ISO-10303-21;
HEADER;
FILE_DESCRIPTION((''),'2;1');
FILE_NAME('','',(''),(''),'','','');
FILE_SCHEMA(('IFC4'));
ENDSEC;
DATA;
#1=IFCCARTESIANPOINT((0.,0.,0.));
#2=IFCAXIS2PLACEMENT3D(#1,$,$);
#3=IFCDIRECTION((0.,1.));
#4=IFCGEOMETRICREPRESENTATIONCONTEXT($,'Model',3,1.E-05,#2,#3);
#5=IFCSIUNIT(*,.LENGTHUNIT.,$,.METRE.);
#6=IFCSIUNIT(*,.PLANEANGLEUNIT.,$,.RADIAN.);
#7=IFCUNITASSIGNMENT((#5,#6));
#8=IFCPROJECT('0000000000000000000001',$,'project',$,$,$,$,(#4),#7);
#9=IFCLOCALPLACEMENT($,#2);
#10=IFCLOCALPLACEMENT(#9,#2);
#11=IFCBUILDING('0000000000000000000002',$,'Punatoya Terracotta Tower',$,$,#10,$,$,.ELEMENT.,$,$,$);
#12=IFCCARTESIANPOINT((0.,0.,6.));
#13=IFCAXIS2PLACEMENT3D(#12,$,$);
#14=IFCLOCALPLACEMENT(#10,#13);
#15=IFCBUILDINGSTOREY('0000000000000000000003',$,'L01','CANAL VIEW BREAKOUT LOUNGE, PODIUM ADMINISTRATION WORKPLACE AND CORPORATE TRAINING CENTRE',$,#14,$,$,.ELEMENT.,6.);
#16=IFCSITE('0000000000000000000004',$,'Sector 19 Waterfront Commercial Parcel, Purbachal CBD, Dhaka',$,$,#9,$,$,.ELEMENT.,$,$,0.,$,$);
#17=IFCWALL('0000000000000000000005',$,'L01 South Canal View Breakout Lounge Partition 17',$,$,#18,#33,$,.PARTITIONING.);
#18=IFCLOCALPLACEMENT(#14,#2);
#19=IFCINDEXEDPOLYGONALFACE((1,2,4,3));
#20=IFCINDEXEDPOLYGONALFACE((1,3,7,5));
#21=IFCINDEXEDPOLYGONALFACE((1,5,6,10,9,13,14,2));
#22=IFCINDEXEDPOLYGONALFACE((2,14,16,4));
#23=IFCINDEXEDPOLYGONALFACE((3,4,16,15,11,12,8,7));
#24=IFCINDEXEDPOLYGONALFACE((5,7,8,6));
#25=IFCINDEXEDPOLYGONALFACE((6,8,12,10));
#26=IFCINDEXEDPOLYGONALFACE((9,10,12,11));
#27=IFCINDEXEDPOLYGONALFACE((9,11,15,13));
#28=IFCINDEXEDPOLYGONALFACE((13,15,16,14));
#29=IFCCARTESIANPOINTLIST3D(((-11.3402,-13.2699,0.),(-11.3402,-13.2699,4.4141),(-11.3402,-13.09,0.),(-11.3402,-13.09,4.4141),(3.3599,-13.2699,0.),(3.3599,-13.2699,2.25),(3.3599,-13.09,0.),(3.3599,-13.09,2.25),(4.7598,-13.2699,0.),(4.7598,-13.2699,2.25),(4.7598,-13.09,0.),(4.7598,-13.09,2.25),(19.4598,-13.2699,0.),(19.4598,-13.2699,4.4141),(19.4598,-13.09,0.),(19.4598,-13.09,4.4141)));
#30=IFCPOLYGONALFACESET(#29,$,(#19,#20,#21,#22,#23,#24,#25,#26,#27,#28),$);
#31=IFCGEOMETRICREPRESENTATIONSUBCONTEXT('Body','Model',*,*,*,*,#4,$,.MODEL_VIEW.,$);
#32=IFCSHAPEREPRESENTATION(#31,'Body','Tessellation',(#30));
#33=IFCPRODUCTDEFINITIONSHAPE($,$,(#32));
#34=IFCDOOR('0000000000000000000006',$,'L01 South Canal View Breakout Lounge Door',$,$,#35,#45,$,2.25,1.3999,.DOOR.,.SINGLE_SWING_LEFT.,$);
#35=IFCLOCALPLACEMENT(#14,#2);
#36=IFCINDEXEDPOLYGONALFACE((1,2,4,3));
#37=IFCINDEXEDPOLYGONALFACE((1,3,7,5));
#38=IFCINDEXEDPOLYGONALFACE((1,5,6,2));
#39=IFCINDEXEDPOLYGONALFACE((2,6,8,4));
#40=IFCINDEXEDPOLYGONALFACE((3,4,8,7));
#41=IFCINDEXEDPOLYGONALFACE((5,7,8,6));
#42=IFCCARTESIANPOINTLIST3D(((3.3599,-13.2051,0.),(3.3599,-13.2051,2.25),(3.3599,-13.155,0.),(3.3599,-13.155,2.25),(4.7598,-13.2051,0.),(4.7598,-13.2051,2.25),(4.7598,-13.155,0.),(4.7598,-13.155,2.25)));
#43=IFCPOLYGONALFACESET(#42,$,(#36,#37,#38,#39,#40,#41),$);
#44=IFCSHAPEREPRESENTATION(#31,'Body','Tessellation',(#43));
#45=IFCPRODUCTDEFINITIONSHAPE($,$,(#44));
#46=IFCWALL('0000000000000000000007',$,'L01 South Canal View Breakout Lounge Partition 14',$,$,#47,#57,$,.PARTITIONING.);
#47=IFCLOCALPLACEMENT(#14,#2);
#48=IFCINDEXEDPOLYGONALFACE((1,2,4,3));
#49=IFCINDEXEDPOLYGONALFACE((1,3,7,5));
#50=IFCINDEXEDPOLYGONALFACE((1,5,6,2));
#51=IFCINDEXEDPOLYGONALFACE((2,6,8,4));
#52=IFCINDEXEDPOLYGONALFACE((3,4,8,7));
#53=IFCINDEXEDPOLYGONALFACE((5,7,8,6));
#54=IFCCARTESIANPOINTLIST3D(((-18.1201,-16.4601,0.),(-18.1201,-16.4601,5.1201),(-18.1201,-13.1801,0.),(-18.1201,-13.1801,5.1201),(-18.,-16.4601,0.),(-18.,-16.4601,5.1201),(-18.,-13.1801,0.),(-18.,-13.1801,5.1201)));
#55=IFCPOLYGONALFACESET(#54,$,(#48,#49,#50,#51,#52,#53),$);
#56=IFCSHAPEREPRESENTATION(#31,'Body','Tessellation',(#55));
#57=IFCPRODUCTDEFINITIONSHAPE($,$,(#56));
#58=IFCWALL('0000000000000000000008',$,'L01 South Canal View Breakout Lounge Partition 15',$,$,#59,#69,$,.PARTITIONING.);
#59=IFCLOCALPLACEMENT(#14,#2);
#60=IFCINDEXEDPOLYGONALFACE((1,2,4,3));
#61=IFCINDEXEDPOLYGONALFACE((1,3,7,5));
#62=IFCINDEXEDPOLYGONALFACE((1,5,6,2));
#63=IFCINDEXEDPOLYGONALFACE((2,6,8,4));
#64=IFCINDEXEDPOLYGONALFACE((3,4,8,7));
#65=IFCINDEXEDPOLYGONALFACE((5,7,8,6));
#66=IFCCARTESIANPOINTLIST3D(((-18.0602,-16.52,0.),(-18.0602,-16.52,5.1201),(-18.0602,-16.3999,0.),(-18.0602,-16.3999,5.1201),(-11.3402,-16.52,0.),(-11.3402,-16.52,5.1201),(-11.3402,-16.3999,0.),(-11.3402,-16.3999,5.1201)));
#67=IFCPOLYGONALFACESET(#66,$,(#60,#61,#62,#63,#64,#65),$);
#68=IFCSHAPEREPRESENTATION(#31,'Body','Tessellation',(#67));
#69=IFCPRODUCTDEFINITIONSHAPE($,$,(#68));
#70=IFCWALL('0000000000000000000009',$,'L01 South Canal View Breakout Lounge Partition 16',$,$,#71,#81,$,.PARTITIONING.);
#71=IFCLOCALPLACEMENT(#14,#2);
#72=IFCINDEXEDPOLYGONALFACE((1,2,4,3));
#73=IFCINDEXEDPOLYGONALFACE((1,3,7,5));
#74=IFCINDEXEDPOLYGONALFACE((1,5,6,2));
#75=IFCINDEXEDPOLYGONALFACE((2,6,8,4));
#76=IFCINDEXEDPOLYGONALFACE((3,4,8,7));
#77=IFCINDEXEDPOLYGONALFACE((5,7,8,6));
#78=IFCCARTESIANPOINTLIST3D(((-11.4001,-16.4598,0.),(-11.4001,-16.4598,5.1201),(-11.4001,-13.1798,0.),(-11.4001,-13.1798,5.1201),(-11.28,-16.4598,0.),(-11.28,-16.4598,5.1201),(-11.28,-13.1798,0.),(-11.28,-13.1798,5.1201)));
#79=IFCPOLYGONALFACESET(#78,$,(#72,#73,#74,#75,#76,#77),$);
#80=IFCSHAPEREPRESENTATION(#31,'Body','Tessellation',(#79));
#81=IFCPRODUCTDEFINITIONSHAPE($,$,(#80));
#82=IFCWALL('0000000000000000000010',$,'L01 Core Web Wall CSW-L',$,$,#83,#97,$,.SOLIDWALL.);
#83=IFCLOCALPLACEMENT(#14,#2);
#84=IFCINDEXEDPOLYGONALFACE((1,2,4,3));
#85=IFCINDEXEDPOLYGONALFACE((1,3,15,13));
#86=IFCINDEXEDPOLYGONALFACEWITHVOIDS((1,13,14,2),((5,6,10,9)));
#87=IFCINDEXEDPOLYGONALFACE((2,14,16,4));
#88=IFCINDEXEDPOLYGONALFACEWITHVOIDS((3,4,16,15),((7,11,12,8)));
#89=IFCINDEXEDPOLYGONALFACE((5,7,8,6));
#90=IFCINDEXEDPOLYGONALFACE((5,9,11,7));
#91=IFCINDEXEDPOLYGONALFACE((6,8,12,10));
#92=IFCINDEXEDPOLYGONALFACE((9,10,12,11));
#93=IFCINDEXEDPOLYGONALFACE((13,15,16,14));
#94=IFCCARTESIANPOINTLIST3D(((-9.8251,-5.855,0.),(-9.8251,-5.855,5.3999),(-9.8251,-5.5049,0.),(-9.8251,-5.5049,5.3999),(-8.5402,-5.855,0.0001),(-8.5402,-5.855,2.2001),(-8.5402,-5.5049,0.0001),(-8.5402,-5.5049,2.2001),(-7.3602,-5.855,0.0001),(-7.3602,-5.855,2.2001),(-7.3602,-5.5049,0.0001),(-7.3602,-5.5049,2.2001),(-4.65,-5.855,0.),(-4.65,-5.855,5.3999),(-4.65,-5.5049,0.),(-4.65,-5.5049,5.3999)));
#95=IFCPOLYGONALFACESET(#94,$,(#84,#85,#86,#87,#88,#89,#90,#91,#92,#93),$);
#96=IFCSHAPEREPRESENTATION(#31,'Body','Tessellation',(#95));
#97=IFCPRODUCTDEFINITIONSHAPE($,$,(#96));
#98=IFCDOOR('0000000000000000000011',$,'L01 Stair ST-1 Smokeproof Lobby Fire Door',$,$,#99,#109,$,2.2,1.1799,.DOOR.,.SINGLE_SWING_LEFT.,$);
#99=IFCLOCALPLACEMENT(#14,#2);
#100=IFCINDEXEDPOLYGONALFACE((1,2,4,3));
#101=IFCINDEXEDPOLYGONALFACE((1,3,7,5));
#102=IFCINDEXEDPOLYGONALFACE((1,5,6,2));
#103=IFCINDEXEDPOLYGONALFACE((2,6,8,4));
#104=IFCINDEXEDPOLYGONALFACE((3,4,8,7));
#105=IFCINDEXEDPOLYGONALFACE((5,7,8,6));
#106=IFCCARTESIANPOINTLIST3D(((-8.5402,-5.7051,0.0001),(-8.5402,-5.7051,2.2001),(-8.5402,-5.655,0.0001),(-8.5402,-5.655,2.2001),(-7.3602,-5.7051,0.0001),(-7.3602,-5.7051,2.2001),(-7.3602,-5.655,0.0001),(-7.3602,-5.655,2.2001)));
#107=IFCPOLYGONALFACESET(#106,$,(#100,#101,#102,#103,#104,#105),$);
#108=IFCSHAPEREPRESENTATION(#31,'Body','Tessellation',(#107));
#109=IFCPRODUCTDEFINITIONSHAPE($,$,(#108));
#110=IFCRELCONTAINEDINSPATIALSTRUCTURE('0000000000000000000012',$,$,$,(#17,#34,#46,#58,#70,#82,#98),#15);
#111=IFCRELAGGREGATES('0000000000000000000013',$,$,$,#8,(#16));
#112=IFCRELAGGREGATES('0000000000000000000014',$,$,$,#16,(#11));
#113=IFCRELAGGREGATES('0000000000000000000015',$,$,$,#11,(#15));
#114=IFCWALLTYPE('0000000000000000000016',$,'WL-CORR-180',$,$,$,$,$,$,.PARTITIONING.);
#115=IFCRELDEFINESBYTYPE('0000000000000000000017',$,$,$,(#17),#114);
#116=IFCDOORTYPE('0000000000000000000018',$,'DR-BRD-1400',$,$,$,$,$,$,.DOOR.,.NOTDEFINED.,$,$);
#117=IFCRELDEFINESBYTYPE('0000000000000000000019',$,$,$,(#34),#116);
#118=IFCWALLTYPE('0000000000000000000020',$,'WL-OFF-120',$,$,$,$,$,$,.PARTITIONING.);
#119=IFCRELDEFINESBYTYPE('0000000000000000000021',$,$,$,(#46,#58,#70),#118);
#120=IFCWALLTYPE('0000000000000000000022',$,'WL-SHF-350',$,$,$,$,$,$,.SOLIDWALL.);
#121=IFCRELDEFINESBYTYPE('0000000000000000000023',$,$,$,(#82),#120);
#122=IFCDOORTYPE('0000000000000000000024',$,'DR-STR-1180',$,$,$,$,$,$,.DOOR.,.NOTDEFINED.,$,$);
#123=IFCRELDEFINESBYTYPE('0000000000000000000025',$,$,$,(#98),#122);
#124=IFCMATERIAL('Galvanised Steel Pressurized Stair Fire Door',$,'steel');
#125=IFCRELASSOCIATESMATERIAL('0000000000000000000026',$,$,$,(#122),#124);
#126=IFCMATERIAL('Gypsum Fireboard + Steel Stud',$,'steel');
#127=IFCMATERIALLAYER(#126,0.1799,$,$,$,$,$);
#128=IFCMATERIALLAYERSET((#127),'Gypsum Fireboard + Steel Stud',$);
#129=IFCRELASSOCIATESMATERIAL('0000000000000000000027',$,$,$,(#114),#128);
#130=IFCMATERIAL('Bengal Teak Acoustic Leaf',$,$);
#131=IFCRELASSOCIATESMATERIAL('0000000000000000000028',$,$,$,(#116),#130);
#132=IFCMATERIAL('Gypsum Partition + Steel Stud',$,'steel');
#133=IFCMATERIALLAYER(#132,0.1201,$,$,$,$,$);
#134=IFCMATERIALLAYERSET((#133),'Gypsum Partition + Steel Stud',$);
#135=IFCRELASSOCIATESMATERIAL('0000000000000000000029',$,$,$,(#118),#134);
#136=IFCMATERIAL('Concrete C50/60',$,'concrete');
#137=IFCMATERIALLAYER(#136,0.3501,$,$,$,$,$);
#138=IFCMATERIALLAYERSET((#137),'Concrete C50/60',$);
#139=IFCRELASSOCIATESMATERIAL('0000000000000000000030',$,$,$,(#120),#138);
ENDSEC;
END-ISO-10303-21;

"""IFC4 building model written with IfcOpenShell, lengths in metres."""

from ifc_helpers import new_model, si_unit, direction, frame, frame_2d, origin, place, context, subcontext, project, spatial, rectangle, extrude, material, layer, layer_set, type_object, element, fill, save


model = new_model("IFC4")

# Units and contexts
model_context = context("Model", 3, precision=1e-05, world=origin(), true_north=direction((0.0, 1.0)))
body_context = subcontext(model_context, "Body", "Model", "MODEL_VIEW")
ifc_project = project(units=[si_unit("LENGTHUNIT", "METRE"), si_unit("PLANEANGLEUNIT", "RADIAN")], contexts=[model_context])

# Site, building, storey
site_placement = place(None, origin())
site = spatial("IfcSite", under=ifc_project, at=site_placement, Name="Sector 19 Waterfront Commercial Parcel, Purbachal CBD, Dhaka", CompositionType="ELEMENT", RefElevation=0.0)
building_placement = place(site_placement, origin())
building = spatial("IfcBuilding", under=site, at=building_placement, Name="Punatoya Terracotta Tower", CompositionType="ELEMENT")
storey_placement = place(building_placement, frame((0.0, 0.0, 6.0)))
storey = spatial("IfcBuildingStorey", under=building, at=storey_placement, Name="L01", Description="CANAL VIEW BREAKOUT LOUNGE, PODIUM ADMINISTRATION WORKPLACE AND CORPORATE TRAINING CENTRE", CompositionType="ELEMENT", Elevation=6.0)

# Shared definitions
ifc_material_1 = material(Name="Concrete C50/60", Category="concrete")

# Wall, opening, door
ifc_material_2 = material(Name="Galvanised Steel Pressurized Stair Fire Door", Category="steel")
door_type_1 = type_object("IfcDoorType", Name="DR-STR-1180", OperationType="NOTDEFINED", PredefinedType="DOOR", material=ifc_material_2)
ifc_material_3 = material(Name="Gypsum Fireboard + Steel Stud", Category="steel")
ifc_layer_1 = layer(ifc_material_3, 0.1799)
ifc_layer_set_1 = layer_set([ifc_layer_1], Name="Gypsum Fireboard + Steel Stud")
wall_type_1 = type_object("IfcWallType", Name="WL-CORR-180", PredefinedType="PARTITIONING", material=ifc_layer_set_1)
wall_1_placement = place(storey_placement, frame((-11.3401, -13.1799, 0.0), z_axis=(0.0, 0.0, 1.0), x_axis=(1.0, 0.0, 0.0)))
wall_1 = element("IfcWall", 1, at=wall_1_placement, inside=storey, type_object=wall_type_1, Name="L01 South Canal View Breakout Lounge Partition 17", PredefinedType="PARTITIONING", context=body_context, shape_type="SweptSolid", body=[
    extrude(rectangle(XDim=30.8, YDim=0.1799, at=frame_2d((15.3999, 0.0))), origin(), (0.0, 0.0, 1.0), 4.4141),
])
opening_1_placement = place(wall_1_placement, frame((14.7, 0.0, 0.0)))
opening_1 = element("IfcOpeningElement", 2, at=opening_1_placement, cuts=wall_1, PredefinedType="OPENING", context=body_context, shape_type="SweptSolid", body=[
    extrude(rectangle(XDim=1.3999, YDim=2.25, at=frame_2d((0.7, 1.125))), frame((0.0, 0.0999, 0.0), z_axis=(0.0, -1.0, 0.0), x_axis=(1.0, 0.0, 0.0)), (0.0, 0.0, 1.0), 0.2),
])
ifc_material_4 = material(Name="Bengal Teak Acoustic Leaf")
door_type_2 = type_object("IfcDoorType", Name="DR-BRD-1400", OperationType="NOTDEFINED", PredefinedType="DOOR", material=ifc_material_4)
door_1_placement = place(opening_1_placement, origin())
door_1 = element("IfcDoor", 3, at=door_1_placement, inside=storey, type_object=door_type_2, Name="L01 South Canal View Breakout Lounge Door", OperationType="SINGLE_SWING_LEFT", OverallHeight=2.25, OverallWidth=1.3999, PredefinedType="DOOR", context=body_context, shape_type="SweptSolid", body=[
    extrude(rectangle(XDim=1.3999, YDim=2.25, at=frame_2d((0.7, 1.125))), frame((0.0, 0.0249, 0.0), z_axis=(0.0, -1.0, 0.0), x_axis=(1.0, 0.0, 0.0)), (0.0, 0.0, 1.0), 0.05),
])
fill(opening_1, door_1)

# Walls
ifc_material_5 = material(Name="Gypsum Partition + Steel Stud", Category="steel")
ifc_layer_2 = layer(ifc_material_5, 0.1201)
ifc_layer_set_2 = layer_set([ifc_layer_2], Name="Gypsum Partition + Steel Stud")
wall_type_2 = type_object("IfcWallType", Name="WL-OFF-120", PredefinedType="PARTITIONING", material=ifc_layer_set_2)
wall_2_placement = place(storey_placement, frame((-18.0601, -13.1799, 0.0), z_axis=(0.0, 0.0, 1.0), x_axis=(0.0, -1.0, 0.0)))
element("IfcWall", 4, at=wall_2_placement, inside=storey, type_object=wall_type_2, Name="L01 South Canal View Breakout Lounge Partition 14", PredefinedType="PARTITIONING", context=body_context, shape_type="SweptSolid", body=[
    extrude(rectangle(XDim=3.28, YDim=0.1201, at=frame_2d((1.6401, 0.0))), origin(), (0.0, 0.0, 1.0), 5.1201),
])
wall_3_placement = place(storey_placement, frame((-18.0601, -16.46, 0.0), z_axis=(0.0, 0.0, 1.0), x_axis=(1.0, 0.0, 0.0)))
element("IfcWall", 5, at=wall_3_placement, inside=storey, type_object=wall_type_2, Name="L01 South Canal View Breakout Lounge Partition 15", PredefinedType="PARTITIONING", context=body_context, shape_type="SweptSolid", body=[
    extrude(rectangle(XDim=6.72, YDim=0.1201, at=frame_2d((3.3599, 0.0))), origin(), (0.0, 0.0, 1.0), 5.1201),
])
wall_4_placement = place(storey_placement, frame((-11.3401, -16.46, 0.0), z_axis=(0.0, 0.0, 1.0), x_axis=(0.0, 1.0, 0.0)))
element("IfcWall", 6, at=wall_4_placement, inside=storey, type_object=wall_type_2, Name="L01 South Canal View Breakout Lounge Partition 16", PredefinedType="PARTITIONING", context=body_context, shape_type="SweptSolid", body=[
    extrude(rectangle(XDim=3.28, YDim=0.1201, at=frame_2d((1.6401, 0.0))), origin(), (0.0, 0.0, 1.0), 5.1201),
])

# Wall, opening, door
ifc_layer_3 = layer(ifc_material_1, 0.3501)
ifc_layer_set_3 = layer_set([ifc_layer_3], Name="Concrete C50/60")
wall_type_3 = type_object("IfcWallType", Name="WL-SHF-350", PredefinedType="SOLIDWALL", material=ifc_layer_set_3)
wall_5_placement = place(storey_placement, frame((-9.825, -5.6799, 0.0), z_axis=(0.0, 0.0, 1.0), x_axis=(1.0, 0.0, 0.0)))
wall_5 = element("IfcWall", 7, at=wall_5_placement, inside=storey, type_object=wall_type_3, Name="L01 Core Web Wall CSW-L", PredefinedType="SOLIDWALL", context=body_context, shape_type="SweptSolid", body=[
    extrude(rectangle(XDim=5.175, YDim=0.3501, at=frame_2d((2.5874, 0.0))), origin(), (0.0, 0.0, 1.0), 5.3999),
])
opening_2_placement = place(wall_5_placement, frame((1.2849, 0.0, 0.0)))
opening_2 = element("IfcOpeningElement", 8, at=opening_2_placement, cuts=wall_5, PredefinedType="OPENING", context=body_context, shape_type="SweptSolid", body=[
    extrude(rectangle(XDim=1.1799, YDim=2.2, at=frame_2d((0.5898, 1.1001))), frame((0.0, 0.1851, 0.0), z_axis=(0.0, -1.0, 0.0), x_axis=(1.0, 0.0, 0.0)), (0.0, 0.0, 1.0), 0.3701),
])
door_2_placement = place(opening_2_placement, origin())
door_2 = element("IfcDoor", 9, at=door_2_placement, inside=storey, type_object=door_type_1, Name="L01 Stair ST-1 Smokeproof Lobby Fire Door", OperationType="SINGLE_SWING_LEFT", OverallHeight=2.2, OverallWidth=1.1799, PredefinedType="DOOR", context=body_context, shape_type="SweptSolid", body=[
    extrude(rectangle(XDim=1.1799, YDim=2.2, at=frame_2d((0.5898, 1.1001))), frame((0.0, 0.0249, 0.0), z_axis=(0.0, -1.0, 0.0), x_axis=(1.0, 0.0, 0.0)), (0.0, 0.0, 1.0), 0.05),
])
fill(opening_2, door_2)

save(model, "model.ifc")
